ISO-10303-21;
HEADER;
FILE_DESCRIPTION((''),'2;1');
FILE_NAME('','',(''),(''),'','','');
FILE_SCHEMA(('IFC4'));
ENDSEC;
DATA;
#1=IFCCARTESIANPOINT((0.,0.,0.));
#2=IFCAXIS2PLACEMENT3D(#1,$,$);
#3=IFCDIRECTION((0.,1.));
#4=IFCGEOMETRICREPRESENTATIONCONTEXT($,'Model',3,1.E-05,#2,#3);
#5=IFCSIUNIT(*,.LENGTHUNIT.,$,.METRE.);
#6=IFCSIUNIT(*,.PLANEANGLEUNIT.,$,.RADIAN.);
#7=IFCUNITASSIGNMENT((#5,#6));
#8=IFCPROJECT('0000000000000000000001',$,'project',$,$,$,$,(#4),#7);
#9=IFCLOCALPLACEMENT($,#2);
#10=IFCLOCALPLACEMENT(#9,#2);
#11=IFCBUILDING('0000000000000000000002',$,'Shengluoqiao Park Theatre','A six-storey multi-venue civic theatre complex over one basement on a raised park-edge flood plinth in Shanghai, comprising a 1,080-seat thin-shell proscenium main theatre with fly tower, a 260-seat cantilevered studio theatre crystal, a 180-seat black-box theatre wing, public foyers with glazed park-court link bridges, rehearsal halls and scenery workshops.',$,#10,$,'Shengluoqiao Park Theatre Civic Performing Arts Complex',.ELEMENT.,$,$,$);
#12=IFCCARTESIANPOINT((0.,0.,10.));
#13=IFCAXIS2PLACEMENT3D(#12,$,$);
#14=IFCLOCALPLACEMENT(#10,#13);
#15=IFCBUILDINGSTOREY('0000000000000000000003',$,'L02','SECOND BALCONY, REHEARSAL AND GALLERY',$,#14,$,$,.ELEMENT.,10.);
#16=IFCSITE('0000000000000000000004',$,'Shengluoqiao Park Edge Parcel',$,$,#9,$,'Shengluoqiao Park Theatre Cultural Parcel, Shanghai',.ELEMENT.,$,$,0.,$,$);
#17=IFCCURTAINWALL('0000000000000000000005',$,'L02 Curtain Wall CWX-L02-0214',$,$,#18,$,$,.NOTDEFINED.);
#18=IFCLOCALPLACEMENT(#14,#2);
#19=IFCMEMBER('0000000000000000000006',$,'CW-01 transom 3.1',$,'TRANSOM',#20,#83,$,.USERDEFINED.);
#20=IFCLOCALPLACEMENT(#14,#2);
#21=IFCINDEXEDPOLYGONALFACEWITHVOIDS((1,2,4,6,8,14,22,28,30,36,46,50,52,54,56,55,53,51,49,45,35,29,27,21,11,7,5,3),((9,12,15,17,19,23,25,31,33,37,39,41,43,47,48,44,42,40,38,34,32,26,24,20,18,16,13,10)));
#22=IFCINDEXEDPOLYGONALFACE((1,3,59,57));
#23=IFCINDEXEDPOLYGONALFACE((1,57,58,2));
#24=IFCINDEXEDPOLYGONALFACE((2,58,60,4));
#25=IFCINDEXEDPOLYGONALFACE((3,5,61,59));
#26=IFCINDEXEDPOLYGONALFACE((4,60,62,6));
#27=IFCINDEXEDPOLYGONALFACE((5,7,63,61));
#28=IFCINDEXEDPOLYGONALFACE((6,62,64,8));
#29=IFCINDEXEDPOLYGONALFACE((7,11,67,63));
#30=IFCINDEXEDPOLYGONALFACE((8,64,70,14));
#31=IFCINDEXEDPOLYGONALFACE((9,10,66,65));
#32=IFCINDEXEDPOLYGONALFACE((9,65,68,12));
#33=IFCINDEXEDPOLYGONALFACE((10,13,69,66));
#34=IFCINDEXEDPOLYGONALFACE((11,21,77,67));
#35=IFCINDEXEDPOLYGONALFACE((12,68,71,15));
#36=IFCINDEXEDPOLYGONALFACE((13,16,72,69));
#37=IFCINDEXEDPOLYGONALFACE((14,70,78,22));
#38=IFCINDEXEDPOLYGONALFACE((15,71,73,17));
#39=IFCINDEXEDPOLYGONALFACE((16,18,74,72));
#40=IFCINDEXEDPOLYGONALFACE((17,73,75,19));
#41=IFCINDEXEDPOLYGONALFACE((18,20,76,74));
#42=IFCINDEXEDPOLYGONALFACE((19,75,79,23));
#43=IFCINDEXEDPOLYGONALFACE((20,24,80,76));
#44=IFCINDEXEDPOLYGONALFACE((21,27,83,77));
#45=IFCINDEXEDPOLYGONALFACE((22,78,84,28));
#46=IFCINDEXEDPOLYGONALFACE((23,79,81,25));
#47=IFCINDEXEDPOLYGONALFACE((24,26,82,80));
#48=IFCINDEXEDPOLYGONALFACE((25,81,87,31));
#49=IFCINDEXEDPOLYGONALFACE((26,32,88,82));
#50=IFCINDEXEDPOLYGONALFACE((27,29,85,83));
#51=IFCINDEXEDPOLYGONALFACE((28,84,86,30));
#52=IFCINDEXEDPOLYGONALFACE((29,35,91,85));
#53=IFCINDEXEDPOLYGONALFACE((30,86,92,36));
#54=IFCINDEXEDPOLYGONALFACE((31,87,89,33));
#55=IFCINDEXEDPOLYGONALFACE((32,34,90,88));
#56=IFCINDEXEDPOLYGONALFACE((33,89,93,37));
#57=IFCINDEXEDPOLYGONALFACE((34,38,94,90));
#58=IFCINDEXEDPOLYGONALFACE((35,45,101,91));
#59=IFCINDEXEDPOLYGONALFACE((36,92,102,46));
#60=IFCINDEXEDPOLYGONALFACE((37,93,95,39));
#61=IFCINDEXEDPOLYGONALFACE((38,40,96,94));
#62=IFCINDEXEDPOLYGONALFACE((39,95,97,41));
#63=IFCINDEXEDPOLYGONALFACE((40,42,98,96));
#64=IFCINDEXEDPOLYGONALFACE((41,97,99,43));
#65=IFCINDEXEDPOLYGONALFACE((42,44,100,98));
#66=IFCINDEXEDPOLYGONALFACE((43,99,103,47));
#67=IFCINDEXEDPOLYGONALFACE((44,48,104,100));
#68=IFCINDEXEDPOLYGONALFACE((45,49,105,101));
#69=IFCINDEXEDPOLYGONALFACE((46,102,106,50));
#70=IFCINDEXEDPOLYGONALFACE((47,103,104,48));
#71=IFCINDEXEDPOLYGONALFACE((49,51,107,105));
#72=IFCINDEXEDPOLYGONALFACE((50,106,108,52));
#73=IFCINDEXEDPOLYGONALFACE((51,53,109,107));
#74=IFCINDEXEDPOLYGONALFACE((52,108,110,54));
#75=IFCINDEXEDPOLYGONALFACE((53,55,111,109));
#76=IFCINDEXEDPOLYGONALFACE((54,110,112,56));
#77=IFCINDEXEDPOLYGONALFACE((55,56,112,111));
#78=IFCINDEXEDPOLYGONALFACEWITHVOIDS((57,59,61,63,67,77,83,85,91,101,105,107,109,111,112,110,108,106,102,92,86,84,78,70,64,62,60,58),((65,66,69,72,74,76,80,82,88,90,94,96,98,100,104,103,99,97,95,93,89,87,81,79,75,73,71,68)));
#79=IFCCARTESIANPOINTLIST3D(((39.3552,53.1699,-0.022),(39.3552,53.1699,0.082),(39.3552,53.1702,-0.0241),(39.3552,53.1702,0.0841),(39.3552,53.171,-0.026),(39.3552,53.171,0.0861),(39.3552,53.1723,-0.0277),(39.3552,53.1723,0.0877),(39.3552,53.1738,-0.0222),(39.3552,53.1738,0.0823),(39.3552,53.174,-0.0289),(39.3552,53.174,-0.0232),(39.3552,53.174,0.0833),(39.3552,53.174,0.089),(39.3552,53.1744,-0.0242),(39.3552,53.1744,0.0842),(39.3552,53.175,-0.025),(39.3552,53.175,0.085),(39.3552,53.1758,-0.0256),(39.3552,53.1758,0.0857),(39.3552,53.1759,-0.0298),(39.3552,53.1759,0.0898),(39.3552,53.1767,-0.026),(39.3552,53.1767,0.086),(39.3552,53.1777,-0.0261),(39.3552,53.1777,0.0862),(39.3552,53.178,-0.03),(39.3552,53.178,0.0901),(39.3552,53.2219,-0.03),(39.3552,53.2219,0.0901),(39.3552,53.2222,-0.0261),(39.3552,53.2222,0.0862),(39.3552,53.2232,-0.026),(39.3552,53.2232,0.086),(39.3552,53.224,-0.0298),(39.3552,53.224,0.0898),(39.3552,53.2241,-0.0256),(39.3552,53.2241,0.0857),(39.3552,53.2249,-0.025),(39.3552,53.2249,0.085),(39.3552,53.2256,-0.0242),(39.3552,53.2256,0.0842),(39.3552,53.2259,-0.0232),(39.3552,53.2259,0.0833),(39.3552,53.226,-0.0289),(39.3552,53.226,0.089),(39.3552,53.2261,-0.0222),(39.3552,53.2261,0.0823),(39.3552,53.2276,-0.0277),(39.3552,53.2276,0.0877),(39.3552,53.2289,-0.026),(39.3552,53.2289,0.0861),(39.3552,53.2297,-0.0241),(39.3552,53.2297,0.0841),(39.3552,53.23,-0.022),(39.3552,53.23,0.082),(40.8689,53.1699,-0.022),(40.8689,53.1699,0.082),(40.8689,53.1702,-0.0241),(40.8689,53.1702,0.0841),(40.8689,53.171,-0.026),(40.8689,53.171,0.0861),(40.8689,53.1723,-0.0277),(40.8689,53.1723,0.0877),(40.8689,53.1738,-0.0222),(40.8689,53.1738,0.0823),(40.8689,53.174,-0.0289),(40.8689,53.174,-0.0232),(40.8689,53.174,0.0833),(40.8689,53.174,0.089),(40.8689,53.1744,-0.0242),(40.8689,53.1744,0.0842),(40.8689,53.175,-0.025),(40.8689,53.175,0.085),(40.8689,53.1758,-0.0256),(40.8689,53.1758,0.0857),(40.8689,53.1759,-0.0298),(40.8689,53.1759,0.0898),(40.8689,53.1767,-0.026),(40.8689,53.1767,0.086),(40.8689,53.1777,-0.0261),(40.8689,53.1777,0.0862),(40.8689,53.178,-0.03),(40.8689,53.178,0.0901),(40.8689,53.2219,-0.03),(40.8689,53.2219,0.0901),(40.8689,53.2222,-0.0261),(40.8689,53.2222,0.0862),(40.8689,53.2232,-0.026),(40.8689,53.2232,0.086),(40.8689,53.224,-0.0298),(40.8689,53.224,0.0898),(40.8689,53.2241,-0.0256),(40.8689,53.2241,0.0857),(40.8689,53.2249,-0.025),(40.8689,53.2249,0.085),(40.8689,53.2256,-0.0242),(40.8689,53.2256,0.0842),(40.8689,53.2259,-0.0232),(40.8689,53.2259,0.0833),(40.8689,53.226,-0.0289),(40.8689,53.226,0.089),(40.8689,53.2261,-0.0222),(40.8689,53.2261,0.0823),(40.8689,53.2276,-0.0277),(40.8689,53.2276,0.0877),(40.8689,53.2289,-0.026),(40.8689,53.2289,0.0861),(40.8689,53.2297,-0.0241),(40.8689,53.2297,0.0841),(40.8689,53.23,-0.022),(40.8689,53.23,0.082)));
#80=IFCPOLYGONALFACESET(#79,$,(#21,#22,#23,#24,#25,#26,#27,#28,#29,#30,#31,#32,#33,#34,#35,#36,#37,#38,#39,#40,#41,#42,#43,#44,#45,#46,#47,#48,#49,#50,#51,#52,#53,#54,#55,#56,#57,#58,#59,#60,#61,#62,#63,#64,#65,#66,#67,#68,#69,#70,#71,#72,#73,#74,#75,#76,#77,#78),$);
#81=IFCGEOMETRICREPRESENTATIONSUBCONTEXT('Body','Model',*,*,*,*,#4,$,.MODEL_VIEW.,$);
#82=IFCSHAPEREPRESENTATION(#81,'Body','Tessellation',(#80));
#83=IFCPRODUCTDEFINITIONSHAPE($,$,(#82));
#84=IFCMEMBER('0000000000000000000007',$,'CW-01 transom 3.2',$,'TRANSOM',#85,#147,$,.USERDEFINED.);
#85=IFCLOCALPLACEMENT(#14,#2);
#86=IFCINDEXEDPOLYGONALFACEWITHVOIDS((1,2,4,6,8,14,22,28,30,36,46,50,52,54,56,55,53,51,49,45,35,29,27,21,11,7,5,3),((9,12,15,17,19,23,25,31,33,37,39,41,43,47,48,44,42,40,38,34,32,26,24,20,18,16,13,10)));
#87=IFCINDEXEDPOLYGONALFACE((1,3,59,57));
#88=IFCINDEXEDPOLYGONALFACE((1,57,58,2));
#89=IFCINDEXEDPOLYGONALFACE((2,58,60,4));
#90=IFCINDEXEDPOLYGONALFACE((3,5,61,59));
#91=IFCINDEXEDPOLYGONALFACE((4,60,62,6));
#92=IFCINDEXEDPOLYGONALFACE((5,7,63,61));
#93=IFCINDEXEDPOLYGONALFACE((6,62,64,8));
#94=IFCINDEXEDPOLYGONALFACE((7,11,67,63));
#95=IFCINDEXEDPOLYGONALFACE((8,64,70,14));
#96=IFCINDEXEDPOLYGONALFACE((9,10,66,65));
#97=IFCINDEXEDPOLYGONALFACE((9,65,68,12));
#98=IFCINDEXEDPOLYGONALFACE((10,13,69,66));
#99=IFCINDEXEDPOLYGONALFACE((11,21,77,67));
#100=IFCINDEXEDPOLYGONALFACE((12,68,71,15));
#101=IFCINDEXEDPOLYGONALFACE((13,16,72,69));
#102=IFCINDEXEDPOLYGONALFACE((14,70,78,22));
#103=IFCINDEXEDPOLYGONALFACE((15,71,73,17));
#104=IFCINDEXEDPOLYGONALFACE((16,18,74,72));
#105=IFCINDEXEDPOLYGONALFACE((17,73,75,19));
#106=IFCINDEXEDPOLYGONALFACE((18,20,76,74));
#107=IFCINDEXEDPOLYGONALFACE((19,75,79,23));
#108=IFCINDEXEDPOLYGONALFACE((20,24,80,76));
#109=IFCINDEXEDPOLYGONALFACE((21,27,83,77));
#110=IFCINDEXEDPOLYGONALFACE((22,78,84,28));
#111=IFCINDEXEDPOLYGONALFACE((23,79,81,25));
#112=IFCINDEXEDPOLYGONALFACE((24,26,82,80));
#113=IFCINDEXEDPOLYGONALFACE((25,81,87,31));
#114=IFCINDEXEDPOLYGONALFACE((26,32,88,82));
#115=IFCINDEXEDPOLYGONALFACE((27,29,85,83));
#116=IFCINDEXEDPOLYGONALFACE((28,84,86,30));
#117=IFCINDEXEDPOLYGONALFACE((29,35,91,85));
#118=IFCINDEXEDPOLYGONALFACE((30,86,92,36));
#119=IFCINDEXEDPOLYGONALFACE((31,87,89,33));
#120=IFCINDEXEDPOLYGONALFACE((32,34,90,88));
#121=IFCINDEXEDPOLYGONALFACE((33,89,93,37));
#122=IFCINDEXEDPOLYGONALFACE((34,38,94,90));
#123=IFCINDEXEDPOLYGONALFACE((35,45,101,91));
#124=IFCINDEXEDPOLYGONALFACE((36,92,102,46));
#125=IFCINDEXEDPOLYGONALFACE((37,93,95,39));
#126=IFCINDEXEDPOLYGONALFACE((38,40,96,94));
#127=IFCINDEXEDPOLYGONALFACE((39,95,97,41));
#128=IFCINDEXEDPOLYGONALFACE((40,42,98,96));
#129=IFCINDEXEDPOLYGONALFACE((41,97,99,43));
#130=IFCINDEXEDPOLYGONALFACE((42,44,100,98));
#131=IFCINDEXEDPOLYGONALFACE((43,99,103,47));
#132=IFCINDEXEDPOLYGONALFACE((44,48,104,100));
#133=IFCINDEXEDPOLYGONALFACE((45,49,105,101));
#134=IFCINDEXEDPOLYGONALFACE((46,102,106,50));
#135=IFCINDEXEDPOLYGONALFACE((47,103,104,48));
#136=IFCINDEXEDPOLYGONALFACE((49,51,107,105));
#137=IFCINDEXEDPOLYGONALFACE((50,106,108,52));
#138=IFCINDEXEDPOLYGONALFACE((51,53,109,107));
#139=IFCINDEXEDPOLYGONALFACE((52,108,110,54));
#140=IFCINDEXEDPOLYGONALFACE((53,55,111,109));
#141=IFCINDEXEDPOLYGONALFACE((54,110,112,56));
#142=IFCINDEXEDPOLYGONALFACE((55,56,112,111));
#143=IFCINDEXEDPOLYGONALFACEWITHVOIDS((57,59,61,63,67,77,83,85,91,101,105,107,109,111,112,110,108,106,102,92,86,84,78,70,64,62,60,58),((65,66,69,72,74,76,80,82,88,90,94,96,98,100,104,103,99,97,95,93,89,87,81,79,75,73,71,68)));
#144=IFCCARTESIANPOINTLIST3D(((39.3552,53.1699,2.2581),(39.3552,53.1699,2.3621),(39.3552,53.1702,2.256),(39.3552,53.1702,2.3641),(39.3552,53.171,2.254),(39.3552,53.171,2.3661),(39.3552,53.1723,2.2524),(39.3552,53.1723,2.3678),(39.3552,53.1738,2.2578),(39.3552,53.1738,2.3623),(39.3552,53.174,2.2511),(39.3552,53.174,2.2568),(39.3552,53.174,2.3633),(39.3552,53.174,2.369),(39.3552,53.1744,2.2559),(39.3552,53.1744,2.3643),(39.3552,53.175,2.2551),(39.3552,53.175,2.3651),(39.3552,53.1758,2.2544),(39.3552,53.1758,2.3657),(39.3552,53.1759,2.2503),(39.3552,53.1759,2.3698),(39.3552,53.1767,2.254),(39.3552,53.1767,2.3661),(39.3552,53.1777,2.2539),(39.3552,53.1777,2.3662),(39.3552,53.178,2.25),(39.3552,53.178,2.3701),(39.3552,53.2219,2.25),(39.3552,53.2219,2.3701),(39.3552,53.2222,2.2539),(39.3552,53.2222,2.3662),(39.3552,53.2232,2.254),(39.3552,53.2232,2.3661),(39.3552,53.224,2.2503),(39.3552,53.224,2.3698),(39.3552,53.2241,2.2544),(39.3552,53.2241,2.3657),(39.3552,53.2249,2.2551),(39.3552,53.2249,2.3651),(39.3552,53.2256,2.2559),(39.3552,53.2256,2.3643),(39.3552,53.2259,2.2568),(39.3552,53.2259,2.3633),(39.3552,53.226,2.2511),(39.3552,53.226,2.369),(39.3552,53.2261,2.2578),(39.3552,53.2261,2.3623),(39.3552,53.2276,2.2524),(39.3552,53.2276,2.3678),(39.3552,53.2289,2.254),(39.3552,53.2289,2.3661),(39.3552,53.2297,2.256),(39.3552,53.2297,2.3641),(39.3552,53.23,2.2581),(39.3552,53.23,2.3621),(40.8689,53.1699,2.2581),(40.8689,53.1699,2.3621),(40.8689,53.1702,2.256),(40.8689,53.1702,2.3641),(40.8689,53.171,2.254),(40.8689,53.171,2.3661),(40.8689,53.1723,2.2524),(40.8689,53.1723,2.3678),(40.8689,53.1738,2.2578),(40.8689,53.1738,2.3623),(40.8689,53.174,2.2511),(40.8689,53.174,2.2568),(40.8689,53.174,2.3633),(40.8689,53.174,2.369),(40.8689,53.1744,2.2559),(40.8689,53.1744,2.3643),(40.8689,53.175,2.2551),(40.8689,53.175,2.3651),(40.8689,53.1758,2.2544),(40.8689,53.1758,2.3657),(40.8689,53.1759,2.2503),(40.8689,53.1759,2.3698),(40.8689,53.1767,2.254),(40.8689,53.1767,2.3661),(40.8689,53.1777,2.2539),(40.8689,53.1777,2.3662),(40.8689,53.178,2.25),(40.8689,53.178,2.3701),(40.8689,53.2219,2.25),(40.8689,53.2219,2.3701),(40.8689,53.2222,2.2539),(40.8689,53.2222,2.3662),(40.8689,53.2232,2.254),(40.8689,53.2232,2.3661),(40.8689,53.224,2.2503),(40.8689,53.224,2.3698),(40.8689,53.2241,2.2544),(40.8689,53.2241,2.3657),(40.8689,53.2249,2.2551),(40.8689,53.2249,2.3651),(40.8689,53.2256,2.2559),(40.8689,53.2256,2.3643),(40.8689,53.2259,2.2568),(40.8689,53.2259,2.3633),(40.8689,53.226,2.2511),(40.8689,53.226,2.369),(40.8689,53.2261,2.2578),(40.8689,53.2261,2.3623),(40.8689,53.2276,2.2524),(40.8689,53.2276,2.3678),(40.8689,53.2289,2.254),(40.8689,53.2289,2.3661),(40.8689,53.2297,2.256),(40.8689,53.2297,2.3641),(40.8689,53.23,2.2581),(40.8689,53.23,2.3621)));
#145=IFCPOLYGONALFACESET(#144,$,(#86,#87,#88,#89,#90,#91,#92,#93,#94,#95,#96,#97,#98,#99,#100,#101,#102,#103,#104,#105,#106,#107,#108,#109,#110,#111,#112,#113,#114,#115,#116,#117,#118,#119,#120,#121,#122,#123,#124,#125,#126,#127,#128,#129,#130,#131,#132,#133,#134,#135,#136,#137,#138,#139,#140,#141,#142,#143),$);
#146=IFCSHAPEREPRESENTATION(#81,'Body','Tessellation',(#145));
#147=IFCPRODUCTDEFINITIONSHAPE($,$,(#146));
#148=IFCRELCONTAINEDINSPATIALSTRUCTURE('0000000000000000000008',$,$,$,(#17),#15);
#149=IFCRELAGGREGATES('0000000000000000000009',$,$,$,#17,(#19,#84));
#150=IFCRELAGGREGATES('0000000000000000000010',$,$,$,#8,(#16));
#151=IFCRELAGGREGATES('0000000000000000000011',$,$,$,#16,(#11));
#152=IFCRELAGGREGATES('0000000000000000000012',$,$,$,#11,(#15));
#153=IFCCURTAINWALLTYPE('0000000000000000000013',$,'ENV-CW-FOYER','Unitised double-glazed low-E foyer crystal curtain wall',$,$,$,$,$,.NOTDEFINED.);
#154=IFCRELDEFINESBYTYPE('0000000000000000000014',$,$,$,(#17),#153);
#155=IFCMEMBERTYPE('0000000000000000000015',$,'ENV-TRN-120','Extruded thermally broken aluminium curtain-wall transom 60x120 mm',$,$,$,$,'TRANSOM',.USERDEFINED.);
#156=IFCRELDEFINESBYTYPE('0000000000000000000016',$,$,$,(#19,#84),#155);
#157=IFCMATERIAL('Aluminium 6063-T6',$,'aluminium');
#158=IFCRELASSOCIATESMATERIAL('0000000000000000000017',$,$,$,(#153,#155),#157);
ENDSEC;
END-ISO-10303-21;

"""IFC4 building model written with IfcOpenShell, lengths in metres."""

from ifc_helpers import new_model, si_unit, direction, frame, origin, origin_2d, place, context, subcontext, project, spatial, hollow_rectangle, extrude, material, material_profile, profile_set, type_object, element, aggregate, save


model = new_model("IFC4")

# Units and contexts
model_context = context("Model", 3, precision=1e-05, world=origin(), true_north=direction((0.0, 1.0)))
body_context = subcontext(model_context, "Body", "Model", "MODEL_VIEW")
ifc_project = project(units=[si_unit("LENGTHUNIT", "METRE"), si_unit("PLANEANGLEUNIT", "RADIAN")], contexts=[model_context])

# Site, building, storey
site_placement = place(None, origin())
site = spatial("IfcSite", under=ifc_project, at=site_placement, Name="Shengluoqiao Park Edge Parcel", LongName="Shengluoqiao Park Theatre Cultural Parcel, Shanghai", CompositionType="ELEMENT", RefElevation=0.0)
building_placement = place(site_placement, origin())
building = spatial("IfcBuilding", under=site, at=building_placement, Name="Shengluoqiao Park Theatre", Description="A six-storey multi-venue civic theatre complex over one basement on a raised park-edge flood plinth in Shanghai, comprising a 1,080-seat thin-shell proscenium main theatre with fly tower, a 260-seat cantilevered studio theatre crystal, a 180-seat black-box theatre wing, public foyers with glazed park-court link bridges, rehearsal halls and scenery workshops.", LongName="Shengluoqiao Park Theatre Civic Performing Arts Complex", CompositionType="ELEMENT")
storey_placement = place(building_placement, frame((0.0, 0.0, 10.0)))
storey = spatial("IfcBuildingStorey", under=building, at=storey_placement, Name="L02", Description="SECOND BALCONY, REHEARSAL AND GALLERY", CompositionType="ELEMENT", Elevation=10.0)

# Curtain wall, members
ifc_material_1 = material(Name="Aluminium 6063-T6", Category="aluminium")
curtain_wall_type = type_object("IfcCurtainWallType", Name="ENV-CW-FOYER", Description="Unitised double-glazed low-E foyer crystal curtain wall", PredefinedType="NOTDEFINED", material=ifc_material_1)
curtain_wall_placement = place(storey_placement, origin())
curtain_wall = element("IfcCurtainWall", 1, at=curtain_wall_placement, inside=storey, type_object=curtain_wall_type, Name="L02 Curtain Wall CWX-L02-0214", PredefinedType="NOTDEFINED")
ifc_material_profile_1 = material_profile(ifc_material_1, hollow_rectangle(XDim=0.0601, YDim=0.1201, WallThickness=0.0039, InnerFilletRadius=0.0039, OuterFilletRadius=0.0081, at=origin_2d()), Name="ALU TRANSOM 120x60x4")
ifc_profile_set_1 = profile_set([ifc_material_profile_1], Name="Aluminium 6063-T6")
member_type_1 = type_object("IfcMemberType", Name="ENV-TRN-120", Description="Extruded thermally broken aluminium curtain-wall transom 60x120 mm", ElementType="TRANSOM", PredefinedType="USERDEFINED", material=ifc_profile_set_1)
member_1_placement = place(storey_placement, frame((39.3552, 53.2, 0.03), z_axis=(1.0, 0.0, 0.0), x_axis=(0.0, 1.0, 0.0)))
member_1 = element("IfcMember", 2, at=member_1_placement, type_object=member_type_1, Name="CW-01 transom 3.1", ObjectType="TRANSOM", PredefinedType="USERDEFINED", context=body_context, shape_type="SweptSolid", body=[
    extrude(hollow_rectangle(XDim=0.0601, YDim=0.1201, WallThickness=0.0039, InnerFilletRadius=0.0039, OuterFilletRadius=0.0081, at=origin_2d()), origin(), (0.0, 0.0, 1.0), 1.5137),
])
member_2_placement = place(storey_placement, frame((39.3552, 53.2, 2.3101), z_axis=(1.0, 0.0, 0.0), x_axis=(0.0, 1.0, 0.0)))
member_2 = element("IfcMember", 3, at=member_2_placement, type_object=member_type_1, Name="CW-01 transom 3.2", ObjectType="TRANSOM", PredefinedType="USERDEFINED", context=body_context, shape_type="SweptSolid", body=[
    extrude(hollow_rectangle(XDim=0.0601, YDim=0.1201, WallThickness=0.0039, InnerFilletRadius=0.0039, OuterFilletRadius=0.0081, at=origin_2d()), origin(), (0.0, 0.0, 1.0), 1.5137),
])

aggregate(curtain_wall, [member_1, member_2])

save(model, "model.ifc")
